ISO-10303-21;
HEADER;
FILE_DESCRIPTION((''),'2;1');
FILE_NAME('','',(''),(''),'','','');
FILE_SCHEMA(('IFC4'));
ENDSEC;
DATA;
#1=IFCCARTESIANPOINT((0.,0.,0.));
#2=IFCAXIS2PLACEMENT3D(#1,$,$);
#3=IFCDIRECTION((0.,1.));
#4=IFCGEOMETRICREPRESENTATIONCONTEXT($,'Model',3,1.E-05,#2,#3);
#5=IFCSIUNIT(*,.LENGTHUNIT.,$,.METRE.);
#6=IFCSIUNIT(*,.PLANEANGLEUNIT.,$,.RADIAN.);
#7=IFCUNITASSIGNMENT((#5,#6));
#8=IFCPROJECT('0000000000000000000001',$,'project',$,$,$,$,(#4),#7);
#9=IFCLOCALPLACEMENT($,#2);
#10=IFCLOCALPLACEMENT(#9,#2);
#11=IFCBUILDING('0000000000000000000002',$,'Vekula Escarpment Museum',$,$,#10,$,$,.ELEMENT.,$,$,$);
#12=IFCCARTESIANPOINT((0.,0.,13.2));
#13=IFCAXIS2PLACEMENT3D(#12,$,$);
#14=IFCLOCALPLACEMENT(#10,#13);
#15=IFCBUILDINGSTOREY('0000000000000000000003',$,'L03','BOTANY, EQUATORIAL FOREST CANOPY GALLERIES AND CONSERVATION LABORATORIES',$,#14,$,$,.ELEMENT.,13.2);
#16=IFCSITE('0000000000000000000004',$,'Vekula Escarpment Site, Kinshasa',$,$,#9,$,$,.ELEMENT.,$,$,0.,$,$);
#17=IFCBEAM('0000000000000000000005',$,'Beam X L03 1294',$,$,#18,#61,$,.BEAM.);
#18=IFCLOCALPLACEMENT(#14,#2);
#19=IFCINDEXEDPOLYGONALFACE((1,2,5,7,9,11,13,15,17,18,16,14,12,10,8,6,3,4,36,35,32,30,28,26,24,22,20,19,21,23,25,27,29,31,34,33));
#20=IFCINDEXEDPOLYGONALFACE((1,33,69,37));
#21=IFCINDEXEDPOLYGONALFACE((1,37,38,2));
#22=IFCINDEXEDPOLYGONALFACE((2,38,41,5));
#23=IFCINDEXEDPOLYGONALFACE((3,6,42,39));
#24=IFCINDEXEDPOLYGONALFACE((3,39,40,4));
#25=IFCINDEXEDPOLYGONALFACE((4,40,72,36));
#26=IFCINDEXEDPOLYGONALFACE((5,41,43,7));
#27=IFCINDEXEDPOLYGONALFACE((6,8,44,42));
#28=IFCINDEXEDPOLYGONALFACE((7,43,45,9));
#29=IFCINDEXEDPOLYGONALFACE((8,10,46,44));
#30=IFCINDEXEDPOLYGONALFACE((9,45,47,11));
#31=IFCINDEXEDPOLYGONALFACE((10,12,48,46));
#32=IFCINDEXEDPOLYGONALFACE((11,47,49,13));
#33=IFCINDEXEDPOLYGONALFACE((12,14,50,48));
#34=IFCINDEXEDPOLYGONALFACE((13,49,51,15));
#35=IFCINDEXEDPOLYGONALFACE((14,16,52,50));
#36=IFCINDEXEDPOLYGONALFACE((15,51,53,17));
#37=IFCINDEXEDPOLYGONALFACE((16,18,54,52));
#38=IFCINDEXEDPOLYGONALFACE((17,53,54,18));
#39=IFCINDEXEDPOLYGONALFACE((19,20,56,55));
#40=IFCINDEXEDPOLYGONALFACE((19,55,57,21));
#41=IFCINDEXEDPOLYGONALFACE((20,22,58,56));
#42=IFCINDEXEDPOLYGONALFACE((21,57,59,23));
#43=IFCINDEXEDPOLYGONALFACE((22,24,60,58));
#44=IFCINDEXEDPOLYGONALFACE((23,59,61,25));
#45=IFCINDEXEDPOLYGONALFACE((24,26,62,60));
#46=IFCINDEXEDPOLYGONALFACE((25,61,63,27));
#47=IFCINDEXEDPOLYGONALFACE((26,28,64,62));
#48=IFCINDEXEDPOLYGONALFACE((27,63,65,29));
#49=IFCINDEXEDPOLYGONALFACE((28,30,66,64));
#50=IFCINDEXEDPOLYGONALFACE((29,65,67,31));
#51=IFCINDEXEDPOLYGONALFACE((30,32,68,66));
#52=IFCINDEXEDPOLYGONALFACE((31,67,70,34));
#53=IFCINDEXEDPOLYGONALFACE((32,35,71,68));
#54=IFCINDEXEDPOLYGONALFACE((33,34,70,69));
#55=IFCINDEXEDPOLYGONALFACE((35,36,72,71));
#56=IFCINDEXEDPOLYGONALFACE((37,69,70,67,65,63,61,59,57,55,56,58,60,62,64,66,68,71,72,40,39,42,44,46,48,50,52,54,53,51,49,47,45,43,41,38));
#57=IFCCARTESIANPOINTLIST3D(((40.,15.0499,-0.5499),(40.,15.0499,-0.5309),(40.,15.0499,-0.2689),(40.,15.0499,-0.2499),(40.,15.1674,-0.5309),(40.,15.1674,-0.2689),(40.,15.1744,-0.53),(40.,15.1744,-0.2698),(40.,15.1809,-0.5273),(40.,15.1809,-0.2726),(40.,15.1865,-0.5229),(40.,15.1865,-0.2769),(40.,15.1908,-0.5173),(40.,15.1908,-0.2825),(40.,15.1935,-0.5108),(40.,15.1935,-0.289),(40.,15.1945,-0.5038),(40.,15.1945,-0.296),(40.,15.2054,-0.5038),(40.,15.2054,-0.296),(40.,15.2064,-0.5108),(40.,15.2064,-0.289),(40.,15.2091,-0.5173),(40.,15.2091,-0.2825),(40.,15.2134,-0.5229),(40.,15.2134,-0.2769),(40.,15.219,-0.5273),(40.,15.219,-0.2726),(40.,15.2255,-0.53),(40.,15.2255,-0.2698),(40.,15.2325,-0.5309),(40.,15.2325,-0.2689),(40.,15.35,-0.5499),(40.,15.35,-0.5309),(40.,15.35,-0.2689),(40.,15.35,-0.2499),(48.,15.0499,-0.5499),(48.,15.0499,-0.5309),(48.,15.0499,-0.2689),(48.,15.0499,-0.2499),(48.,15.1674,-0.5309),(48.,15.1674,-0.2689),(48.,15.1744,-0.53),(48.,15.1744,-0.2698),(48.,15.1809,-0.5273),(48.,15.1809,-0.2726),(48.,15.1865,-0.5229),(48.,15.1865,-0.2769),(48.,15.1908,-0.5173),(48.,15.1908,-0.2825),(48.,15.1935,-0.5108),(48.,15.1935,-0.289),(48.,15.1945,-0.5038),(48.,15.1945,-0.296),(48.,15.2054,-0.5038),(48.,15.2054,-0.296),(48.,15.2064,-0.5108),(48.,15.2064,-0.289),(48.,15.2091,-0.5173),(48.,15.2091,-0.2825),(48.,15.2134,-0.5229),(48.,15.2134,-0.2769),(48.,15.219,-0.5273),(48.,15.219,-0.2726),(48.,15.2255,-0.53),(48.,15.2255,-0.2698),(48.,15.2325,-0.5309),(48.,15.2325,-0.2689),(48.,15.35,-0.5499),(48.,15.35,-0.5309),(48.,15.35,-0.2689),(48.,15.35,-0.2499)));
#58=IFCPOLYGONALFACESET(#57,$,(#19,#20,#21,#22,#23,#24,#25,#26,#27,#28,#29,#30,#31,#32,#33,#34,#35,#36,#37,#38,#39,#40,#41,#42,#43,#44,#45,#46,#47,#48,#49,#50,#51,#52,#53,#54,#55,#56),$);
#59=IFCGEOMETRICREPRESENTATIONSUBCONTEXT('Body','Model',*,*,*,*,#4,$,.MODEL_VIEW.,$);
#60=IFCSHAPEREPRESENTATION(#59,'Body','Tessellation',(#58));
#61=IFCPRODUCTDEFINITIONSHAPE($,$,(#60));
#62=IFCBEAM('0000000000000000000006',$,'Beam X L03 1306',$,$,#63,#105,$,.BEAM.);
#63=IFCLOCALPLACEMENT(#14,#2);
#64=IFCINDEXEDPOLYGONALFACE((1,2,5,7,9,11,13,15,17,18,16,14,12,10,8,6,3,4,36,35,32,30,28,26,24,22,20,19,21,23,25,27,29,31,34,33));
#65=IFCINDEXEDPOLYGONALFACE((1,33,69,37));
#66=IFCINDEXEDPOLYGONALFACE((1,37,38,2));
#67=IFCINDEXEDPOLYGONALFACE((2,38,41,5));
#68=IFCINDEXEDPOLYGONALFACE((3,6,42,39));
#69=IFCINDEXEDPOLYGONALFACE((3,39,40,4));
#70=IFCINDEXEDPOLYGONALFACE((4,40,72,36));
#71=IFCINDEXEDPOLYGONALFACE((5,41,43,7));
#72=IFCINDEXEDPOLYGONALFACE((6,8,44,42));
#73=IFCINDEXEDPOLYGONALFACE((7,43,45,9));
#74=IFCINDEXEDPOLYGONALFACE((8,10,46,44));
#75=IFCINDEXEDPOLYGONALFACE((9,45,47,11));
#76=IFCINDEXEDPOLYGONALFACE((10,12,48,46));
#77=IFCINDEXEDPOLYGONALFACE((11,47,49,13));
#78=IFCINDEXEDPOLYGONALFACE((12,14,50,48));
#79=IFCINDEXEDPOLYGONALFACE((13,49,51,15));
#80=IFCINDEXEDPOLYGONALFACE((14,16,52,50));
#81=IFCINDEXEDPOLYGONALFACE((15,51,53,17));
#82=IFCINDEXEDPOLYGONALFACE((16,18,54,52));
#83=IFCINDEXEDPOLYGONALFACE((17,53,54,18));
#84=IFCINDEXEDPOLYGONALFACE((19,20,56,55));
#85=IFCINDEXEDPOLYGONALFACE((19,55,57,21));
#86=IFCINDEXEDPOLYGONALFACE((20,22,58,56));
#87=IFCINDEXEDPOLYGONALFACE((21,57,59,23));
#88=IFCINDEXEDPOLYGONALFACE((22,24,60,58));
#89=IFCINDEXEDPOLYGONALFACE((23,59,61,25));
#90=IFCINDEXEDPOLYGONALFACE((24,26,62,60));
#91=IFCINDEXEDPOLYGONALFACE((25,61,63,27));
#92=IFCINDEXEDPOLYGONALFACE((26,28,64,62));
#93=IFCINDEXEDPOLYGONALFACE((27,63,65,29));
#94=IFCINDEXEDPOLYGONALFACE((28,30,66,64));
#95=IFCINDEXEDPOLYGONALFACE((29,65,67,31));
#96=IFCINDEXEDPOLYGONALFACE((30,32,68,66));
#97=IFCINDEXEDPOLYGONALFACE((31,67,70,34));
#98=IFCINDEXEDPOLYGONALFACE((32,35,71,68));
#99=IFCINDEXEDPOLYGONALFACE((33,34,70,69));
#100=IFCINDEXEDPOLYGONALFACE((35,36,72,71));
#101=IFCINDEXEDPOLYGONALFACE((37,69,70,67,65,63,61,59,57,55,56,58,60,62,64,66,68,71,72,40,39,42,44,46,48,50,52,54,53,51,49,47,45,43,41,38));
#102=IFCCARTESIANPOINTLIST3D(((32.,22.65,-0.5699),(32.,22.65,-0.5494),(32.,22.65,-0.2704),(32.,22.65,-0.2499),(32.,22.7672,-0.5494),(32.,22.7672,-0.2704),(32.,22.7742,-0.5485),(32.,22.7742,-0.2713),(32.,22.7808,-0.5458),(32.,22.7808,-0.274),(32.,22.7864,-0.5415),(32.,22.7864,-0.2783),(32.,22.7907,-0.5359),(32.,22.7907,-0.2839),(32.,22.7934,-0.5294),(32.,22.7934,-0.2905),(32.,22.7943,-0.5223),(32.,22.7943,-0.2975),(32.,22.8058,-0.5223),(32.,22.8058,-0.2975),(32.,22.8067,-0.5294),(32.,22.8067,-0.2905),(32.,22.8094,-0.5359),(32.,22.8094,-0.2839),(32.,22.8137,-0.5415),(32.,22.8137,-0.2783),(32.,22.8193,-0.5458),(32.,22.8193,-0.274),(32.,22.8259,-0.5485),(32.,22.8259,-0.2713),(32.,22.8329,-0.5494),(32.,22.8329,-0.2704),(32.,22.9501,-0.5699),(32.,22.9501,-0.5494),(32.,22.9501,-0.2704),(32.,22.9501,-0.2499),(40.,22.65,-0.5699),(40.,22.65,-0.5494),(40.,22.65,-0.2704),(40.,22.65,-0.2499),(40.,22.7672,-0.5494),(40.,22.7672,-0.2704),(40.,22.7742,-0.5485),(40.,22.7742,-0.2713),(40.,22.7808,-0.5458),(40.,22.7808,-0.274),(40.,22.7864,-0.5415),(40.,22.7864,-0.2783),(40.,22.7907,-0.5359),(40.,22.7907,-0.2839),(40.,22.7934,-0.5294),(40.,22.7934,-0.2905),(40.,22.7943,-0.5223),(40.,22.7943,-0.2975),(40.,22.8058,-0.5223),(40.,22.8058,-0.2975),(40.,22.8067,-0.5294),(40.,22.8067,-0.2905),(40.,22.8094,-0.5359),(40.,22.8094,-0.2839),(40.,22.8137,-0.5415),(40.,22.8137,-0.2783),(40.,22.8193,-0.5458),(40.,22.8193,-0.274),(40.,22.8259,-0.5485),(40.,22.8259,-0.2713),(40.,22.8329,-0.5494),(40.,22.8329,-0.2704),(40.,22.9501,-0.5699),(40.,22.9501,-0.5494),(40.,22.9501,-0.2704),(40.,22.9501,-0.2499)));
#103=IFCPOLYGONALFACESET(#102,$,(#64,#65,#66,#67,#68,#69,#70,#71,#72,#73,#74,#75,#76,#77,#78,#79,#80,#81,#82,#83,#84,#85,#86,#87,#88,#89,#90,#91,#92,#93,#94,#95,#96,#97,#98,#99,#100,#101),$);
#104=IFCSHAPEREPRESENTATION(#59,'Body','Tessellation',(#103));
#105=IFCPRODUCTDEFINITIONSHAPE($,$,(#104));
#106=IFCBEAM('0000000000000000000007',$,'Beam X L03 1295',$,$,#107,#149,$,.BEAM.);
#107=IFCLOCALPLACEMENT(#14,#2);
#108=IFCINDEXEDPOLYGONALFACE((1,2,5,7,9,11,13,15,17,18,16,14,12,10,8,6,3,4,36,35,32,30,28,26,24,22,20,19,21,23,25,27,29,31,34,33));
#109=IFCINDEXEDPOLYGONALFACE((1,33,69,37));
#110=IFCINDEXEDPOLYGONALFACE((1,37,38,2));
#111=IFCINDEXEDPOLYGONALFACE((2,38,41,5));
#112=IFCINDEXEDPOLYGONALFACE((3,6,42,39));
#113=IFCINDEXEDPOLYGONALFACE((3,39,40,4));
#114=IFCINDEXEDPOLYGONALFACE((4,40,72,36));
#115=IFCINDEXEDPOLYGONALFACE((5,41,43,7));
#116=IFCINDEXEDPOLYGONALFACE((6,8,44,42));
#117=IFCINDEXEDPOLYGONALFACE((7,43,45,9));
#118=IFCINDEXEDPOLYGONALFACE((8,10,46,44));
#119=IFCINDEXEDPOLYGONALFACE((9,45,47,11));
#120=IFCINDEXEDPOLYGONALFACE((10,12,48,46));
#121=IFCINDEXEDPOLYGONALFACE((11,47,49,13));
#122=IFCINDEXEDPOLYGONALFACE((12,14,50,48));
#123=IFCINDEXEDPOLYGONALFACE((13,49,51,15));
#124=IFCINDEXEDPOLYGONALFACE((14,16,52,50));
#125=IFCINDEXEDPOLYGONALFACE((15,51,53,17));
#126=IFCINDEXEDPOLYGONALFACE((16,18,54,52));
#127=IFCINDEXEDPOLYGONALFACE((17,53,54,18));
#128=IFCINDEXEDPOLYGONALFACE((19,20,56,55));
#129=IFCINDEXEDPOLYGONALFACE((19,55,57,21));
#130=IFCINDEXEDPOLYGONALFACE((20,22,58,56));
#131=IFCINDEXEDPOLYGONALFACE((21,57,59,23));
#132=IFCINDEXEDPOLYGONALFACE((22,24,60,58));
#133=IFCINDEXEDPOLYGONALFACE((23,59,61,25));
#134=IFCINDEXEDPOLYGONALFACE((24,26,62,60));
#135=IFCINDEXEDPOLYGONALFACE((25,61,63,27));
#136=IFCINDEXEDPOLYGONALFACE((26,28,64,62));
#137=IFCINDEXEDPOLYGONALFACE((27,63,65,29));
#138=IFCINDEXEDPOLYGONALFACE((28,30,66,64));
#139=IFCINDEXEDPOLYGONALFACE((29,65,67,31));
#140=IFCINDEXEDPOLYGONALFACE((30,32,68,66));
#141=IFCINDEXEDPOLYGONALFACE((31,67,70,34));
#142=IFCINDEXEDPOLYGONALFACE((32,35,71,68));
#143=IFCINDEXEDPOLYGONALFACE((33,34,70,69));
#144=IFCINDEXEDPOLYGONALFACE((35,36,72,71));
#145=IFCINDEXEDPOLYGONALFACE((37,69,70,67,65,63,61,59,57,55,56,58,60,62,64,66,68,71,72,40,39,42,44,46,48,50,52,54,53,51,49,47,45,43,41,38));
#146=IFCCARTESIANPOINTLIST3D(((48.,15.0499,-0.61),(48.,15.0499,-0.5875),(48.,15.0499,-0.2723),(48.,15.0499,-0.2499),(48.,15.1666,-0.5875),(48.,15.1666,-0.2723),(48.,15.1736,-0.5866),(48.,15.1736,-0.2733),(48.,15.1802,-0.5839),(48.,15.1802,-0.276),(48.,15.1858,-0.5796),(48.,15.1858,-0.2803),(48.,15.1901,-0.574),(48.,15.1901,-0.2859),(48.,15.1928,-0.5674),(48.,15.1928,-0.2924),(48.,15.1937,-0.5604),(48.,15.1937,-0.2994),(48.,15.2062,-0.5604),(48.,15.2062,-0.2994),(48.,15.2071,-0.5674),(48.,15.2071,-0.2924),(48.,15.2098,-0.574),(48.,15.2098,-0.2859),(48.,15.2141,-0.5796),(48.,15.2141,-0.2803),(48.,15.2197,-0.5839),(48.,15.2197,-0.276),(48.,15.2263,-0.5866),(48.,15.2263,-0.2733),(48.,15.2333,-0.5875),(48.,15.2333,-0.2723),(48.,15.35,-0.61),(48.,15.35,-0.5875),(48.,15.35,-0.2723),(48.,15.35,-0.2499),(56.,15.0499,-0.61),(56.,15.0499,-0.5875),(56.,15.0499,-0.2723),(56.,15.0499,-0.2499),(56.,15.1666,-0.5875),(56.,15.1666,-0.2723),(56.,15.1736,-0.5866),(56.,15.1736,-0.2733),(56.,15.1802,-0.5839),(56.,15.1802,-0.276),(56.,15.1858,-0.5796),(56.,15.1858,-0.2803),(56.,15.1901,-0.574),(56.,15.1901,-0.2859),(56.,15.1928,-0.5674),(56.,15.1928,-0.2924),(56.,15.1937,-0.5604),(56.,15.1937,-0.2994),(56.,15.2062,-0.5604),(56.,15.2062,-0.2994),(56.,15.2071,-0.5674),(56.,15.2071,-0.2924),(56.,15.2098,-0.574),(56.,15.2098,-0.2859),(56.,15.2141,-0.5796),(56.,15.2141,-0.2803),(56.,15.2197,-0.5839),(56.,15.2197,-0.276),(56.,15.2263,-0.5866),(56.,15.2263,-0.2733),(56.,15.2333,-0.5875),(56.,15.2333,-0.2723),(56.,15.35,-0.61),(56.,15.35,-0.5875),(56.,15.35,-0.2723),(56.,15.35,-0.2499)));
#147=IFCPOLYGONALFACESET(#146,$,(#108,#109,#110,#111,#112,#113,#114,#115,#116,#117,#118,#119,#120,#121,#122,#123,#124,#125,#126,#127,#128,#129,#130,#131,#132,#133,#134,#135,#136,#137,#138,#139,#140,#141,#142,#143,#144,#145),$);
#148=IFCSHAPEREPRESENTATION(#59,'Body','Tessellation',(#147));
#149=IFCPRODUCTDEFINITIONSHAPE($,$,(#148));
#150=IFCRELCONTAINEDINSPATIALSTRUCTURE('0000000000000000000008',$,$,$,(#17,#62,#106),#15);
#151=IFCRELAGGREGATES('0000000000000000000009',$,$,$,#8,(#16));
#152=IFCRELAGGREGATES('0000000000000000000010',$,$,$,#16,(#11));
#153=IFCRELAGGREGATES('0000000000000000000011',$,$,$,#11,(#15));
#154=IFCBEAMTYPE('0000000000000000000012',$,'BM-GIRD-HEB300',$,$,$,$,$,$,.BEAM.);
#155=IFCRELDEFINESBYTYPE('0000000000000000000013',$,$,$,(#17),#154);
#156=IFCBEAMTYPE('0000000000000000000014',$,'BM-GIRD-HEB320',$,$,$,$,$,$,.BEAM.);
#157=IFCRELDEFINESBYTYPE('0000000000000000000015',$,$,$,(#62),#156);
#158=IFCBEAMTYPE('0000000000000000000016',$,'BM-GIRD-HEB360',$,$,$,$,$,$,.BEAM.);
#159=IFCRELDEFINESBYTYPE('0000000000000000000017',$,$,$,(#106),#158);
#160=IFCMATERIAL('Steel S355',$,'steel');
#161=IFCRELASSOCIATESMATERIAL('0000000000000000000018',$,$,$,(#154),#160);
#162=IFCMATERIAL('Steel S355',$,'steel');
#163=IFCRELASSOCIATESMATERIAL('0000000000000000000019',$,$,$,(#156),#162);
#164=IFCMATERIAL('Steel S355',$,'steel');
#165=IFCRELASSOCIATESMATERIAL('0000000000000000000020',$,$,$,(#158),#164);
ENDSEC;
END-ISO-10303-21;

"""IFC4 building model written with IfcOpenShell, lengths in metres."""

from ifc_helpers import new_model, si_unit, direction, frame, origin, origin_2d, place, context, subcontext, project, spatial, i_section, extrude, material, material_profile, profile_set, type_object, element, save


model = new_model("IFC4")

# Units and contexts
model_context = context("Model", 3, precision=1e-05, world=origin(), true_north=direction((0.0, 1.0)))
body_context = subcontext(model_context, "Body", "Model", "MODEL_VIEW")
ifc_project = project(units=[si_unit("LENGTHUNIT", "METRE"), si_unit("PLANEANGLEUNIT", "RADIAN")], contexts=[model_context])

# Site, building, storey
site_placement = place(None, origin())
site = spatial("IfcSite", under=ifc_project, at=site_placement, Name="Vekula Escarpment Site, Kinshasa", CompositionType="ELEMENT", RefElevation=0.0)
building_placement = place(site_placement, origin())
building = spatial("IfcBuilding", under=site, at=building_placement, Name="Vekula Escarpment Museum", CompositionType="ELEMENT")
storey_placement = place(building_placement, frame((0.0, 0.0, 13.2)))
storey = spatial("IfcBuildingStorey", under=building, at=storey_placement, Name="L03", Description="BOTANY, EQUATORIAL FOREST CANOPY GALLERIES AND CONSERVATION LABORATORIES", CompositionType="ELEMENT", Elevation=13.2)

# Beams
ifc_material_1 = material(Name="Steel S355", Category="steel")
ifc_material_profile_1 = material_profile(ifc_material_1, i_section(OverallWidth=0.3, OverallDepth=0.3, WebThickness=0.011, FlangeThickness=0.019, FilletRadius=0.0271, at=origin_2d()), Name="HEB 300")
ifc_profile_set_1 = profile_set([ifc_material_profile_1], Name="Steel S355")
beam_type_1 = type_object("IfcBeamType", Name="BM-GIRD-HEB300", PredefinedType="BEAM", material=ifc_profile_set_1)
beam_1_placement = place(storey_placement, frame((40.0, 15.2, -0.3999), z_axis=(1.0, 0.0, 0.0), x_axis=(0.0, 1.0, 0.0)))
element("IfcBeam", 1, at=beam_1_placement, inside=storey, type_object=beam_type_1, Name="Beam X L03 1294", PredefinedType="BEAM", context=body_context, shape_type="SweptSolid", body=[
    extrude(i_section(OverallWidth=0.3, OverallDepth=0.3, WebThickness=0.011, FlangeThickness=0.019, FilletRadius=0.0271, at=origin_2d()), origin(), (0.0, 0.0, 1.0), 8.0),
])
ifc_material_2 = material(Name="Steel S355", Category="steel")
ifc_material_profile_2 = material_profile(ifc_material_2, i_section(OverallWidth=0.3, OverallDepth=0.3201, WebThickness=0.0115, FlangeThickness=0.0205, FilletRadius=0.0271, at=origin_2d()), Name="HEB 320")
ifc_profile_set_2 = profile_set([ifc_material_profile_2], Name="Steel S355")
beam_type_2 = type_object("IfcBeamType", Name="BM-GIRD-HEB320", PredefinedType="BEAM", material=ifc_profile_set_2)
beam_2_placement = place(storey_placement, frame((32.0, 22.8, -0.4099), z_axis=(1.0, 0.0, 0.0), x_axis=(0.0, 1.0, 0.0)))
element("IfcBeam", 2, at=beam_2_placement, inside=storey, type_object=beam_type_2, Name="Beam X L03 1306", PredefinedType="BEAM", context=body_context, shape_type="SweptSolid", body=[
    extrude(i_section(OverallWidth=0.3, OverallDepth=0.3201, WebThickness=0.0115, FlangeThickness=0.0205, FilletRadius=0.0271, at=origin_2d()), origin(), (0.0, 0.0, 1.0), 8.0),
])
ifc_material_3 = material(Name="Steel S355", Category="steel")
ifc_material_profile_3 = material_profile(ifc_material_3, i_section(OverallWidth=0.3, OverallDepth=0.3601, WebThickness=0.0125, FlangeThickness=0.0225, FilletRadius=0.0271, at=origin_2d()), Name="HEB 360")
ifc_profile_set_3 = profile_set([ifc_material_profile_3], Name="Steel S355")
beam_type_3 = type_object("IfcBeamType", Name="BM-GIRD-HEB360", PredefinedType="BEAM", material=ifc_profile_set_3)
beam_3_placement = place(storey_placement, frame((48.0, 15.2, -0.4299), z_axis=(1.0, 0.0, 0.0), x_axis=(0.0, 1.0, 0.0)))
element("IfcBeam", 3, at=beam_3_placement, inside=storey, type_object=beam_type_3, Name="Beam X L03 1295", PredefinedType="BEAM", context=body_context, shape_type="SweptSolid", body=[
    extrude(i_section(OverallWidth=0.3, OverallDepth=0.3601, WebThickness=0.0125, FlangeThickness=0.0225, FilletRadius=0.0271, at=origin_2d()), origin(), (0.0, 0.0, 1.0), 8.0),
])

save(model, "model.ifc")
